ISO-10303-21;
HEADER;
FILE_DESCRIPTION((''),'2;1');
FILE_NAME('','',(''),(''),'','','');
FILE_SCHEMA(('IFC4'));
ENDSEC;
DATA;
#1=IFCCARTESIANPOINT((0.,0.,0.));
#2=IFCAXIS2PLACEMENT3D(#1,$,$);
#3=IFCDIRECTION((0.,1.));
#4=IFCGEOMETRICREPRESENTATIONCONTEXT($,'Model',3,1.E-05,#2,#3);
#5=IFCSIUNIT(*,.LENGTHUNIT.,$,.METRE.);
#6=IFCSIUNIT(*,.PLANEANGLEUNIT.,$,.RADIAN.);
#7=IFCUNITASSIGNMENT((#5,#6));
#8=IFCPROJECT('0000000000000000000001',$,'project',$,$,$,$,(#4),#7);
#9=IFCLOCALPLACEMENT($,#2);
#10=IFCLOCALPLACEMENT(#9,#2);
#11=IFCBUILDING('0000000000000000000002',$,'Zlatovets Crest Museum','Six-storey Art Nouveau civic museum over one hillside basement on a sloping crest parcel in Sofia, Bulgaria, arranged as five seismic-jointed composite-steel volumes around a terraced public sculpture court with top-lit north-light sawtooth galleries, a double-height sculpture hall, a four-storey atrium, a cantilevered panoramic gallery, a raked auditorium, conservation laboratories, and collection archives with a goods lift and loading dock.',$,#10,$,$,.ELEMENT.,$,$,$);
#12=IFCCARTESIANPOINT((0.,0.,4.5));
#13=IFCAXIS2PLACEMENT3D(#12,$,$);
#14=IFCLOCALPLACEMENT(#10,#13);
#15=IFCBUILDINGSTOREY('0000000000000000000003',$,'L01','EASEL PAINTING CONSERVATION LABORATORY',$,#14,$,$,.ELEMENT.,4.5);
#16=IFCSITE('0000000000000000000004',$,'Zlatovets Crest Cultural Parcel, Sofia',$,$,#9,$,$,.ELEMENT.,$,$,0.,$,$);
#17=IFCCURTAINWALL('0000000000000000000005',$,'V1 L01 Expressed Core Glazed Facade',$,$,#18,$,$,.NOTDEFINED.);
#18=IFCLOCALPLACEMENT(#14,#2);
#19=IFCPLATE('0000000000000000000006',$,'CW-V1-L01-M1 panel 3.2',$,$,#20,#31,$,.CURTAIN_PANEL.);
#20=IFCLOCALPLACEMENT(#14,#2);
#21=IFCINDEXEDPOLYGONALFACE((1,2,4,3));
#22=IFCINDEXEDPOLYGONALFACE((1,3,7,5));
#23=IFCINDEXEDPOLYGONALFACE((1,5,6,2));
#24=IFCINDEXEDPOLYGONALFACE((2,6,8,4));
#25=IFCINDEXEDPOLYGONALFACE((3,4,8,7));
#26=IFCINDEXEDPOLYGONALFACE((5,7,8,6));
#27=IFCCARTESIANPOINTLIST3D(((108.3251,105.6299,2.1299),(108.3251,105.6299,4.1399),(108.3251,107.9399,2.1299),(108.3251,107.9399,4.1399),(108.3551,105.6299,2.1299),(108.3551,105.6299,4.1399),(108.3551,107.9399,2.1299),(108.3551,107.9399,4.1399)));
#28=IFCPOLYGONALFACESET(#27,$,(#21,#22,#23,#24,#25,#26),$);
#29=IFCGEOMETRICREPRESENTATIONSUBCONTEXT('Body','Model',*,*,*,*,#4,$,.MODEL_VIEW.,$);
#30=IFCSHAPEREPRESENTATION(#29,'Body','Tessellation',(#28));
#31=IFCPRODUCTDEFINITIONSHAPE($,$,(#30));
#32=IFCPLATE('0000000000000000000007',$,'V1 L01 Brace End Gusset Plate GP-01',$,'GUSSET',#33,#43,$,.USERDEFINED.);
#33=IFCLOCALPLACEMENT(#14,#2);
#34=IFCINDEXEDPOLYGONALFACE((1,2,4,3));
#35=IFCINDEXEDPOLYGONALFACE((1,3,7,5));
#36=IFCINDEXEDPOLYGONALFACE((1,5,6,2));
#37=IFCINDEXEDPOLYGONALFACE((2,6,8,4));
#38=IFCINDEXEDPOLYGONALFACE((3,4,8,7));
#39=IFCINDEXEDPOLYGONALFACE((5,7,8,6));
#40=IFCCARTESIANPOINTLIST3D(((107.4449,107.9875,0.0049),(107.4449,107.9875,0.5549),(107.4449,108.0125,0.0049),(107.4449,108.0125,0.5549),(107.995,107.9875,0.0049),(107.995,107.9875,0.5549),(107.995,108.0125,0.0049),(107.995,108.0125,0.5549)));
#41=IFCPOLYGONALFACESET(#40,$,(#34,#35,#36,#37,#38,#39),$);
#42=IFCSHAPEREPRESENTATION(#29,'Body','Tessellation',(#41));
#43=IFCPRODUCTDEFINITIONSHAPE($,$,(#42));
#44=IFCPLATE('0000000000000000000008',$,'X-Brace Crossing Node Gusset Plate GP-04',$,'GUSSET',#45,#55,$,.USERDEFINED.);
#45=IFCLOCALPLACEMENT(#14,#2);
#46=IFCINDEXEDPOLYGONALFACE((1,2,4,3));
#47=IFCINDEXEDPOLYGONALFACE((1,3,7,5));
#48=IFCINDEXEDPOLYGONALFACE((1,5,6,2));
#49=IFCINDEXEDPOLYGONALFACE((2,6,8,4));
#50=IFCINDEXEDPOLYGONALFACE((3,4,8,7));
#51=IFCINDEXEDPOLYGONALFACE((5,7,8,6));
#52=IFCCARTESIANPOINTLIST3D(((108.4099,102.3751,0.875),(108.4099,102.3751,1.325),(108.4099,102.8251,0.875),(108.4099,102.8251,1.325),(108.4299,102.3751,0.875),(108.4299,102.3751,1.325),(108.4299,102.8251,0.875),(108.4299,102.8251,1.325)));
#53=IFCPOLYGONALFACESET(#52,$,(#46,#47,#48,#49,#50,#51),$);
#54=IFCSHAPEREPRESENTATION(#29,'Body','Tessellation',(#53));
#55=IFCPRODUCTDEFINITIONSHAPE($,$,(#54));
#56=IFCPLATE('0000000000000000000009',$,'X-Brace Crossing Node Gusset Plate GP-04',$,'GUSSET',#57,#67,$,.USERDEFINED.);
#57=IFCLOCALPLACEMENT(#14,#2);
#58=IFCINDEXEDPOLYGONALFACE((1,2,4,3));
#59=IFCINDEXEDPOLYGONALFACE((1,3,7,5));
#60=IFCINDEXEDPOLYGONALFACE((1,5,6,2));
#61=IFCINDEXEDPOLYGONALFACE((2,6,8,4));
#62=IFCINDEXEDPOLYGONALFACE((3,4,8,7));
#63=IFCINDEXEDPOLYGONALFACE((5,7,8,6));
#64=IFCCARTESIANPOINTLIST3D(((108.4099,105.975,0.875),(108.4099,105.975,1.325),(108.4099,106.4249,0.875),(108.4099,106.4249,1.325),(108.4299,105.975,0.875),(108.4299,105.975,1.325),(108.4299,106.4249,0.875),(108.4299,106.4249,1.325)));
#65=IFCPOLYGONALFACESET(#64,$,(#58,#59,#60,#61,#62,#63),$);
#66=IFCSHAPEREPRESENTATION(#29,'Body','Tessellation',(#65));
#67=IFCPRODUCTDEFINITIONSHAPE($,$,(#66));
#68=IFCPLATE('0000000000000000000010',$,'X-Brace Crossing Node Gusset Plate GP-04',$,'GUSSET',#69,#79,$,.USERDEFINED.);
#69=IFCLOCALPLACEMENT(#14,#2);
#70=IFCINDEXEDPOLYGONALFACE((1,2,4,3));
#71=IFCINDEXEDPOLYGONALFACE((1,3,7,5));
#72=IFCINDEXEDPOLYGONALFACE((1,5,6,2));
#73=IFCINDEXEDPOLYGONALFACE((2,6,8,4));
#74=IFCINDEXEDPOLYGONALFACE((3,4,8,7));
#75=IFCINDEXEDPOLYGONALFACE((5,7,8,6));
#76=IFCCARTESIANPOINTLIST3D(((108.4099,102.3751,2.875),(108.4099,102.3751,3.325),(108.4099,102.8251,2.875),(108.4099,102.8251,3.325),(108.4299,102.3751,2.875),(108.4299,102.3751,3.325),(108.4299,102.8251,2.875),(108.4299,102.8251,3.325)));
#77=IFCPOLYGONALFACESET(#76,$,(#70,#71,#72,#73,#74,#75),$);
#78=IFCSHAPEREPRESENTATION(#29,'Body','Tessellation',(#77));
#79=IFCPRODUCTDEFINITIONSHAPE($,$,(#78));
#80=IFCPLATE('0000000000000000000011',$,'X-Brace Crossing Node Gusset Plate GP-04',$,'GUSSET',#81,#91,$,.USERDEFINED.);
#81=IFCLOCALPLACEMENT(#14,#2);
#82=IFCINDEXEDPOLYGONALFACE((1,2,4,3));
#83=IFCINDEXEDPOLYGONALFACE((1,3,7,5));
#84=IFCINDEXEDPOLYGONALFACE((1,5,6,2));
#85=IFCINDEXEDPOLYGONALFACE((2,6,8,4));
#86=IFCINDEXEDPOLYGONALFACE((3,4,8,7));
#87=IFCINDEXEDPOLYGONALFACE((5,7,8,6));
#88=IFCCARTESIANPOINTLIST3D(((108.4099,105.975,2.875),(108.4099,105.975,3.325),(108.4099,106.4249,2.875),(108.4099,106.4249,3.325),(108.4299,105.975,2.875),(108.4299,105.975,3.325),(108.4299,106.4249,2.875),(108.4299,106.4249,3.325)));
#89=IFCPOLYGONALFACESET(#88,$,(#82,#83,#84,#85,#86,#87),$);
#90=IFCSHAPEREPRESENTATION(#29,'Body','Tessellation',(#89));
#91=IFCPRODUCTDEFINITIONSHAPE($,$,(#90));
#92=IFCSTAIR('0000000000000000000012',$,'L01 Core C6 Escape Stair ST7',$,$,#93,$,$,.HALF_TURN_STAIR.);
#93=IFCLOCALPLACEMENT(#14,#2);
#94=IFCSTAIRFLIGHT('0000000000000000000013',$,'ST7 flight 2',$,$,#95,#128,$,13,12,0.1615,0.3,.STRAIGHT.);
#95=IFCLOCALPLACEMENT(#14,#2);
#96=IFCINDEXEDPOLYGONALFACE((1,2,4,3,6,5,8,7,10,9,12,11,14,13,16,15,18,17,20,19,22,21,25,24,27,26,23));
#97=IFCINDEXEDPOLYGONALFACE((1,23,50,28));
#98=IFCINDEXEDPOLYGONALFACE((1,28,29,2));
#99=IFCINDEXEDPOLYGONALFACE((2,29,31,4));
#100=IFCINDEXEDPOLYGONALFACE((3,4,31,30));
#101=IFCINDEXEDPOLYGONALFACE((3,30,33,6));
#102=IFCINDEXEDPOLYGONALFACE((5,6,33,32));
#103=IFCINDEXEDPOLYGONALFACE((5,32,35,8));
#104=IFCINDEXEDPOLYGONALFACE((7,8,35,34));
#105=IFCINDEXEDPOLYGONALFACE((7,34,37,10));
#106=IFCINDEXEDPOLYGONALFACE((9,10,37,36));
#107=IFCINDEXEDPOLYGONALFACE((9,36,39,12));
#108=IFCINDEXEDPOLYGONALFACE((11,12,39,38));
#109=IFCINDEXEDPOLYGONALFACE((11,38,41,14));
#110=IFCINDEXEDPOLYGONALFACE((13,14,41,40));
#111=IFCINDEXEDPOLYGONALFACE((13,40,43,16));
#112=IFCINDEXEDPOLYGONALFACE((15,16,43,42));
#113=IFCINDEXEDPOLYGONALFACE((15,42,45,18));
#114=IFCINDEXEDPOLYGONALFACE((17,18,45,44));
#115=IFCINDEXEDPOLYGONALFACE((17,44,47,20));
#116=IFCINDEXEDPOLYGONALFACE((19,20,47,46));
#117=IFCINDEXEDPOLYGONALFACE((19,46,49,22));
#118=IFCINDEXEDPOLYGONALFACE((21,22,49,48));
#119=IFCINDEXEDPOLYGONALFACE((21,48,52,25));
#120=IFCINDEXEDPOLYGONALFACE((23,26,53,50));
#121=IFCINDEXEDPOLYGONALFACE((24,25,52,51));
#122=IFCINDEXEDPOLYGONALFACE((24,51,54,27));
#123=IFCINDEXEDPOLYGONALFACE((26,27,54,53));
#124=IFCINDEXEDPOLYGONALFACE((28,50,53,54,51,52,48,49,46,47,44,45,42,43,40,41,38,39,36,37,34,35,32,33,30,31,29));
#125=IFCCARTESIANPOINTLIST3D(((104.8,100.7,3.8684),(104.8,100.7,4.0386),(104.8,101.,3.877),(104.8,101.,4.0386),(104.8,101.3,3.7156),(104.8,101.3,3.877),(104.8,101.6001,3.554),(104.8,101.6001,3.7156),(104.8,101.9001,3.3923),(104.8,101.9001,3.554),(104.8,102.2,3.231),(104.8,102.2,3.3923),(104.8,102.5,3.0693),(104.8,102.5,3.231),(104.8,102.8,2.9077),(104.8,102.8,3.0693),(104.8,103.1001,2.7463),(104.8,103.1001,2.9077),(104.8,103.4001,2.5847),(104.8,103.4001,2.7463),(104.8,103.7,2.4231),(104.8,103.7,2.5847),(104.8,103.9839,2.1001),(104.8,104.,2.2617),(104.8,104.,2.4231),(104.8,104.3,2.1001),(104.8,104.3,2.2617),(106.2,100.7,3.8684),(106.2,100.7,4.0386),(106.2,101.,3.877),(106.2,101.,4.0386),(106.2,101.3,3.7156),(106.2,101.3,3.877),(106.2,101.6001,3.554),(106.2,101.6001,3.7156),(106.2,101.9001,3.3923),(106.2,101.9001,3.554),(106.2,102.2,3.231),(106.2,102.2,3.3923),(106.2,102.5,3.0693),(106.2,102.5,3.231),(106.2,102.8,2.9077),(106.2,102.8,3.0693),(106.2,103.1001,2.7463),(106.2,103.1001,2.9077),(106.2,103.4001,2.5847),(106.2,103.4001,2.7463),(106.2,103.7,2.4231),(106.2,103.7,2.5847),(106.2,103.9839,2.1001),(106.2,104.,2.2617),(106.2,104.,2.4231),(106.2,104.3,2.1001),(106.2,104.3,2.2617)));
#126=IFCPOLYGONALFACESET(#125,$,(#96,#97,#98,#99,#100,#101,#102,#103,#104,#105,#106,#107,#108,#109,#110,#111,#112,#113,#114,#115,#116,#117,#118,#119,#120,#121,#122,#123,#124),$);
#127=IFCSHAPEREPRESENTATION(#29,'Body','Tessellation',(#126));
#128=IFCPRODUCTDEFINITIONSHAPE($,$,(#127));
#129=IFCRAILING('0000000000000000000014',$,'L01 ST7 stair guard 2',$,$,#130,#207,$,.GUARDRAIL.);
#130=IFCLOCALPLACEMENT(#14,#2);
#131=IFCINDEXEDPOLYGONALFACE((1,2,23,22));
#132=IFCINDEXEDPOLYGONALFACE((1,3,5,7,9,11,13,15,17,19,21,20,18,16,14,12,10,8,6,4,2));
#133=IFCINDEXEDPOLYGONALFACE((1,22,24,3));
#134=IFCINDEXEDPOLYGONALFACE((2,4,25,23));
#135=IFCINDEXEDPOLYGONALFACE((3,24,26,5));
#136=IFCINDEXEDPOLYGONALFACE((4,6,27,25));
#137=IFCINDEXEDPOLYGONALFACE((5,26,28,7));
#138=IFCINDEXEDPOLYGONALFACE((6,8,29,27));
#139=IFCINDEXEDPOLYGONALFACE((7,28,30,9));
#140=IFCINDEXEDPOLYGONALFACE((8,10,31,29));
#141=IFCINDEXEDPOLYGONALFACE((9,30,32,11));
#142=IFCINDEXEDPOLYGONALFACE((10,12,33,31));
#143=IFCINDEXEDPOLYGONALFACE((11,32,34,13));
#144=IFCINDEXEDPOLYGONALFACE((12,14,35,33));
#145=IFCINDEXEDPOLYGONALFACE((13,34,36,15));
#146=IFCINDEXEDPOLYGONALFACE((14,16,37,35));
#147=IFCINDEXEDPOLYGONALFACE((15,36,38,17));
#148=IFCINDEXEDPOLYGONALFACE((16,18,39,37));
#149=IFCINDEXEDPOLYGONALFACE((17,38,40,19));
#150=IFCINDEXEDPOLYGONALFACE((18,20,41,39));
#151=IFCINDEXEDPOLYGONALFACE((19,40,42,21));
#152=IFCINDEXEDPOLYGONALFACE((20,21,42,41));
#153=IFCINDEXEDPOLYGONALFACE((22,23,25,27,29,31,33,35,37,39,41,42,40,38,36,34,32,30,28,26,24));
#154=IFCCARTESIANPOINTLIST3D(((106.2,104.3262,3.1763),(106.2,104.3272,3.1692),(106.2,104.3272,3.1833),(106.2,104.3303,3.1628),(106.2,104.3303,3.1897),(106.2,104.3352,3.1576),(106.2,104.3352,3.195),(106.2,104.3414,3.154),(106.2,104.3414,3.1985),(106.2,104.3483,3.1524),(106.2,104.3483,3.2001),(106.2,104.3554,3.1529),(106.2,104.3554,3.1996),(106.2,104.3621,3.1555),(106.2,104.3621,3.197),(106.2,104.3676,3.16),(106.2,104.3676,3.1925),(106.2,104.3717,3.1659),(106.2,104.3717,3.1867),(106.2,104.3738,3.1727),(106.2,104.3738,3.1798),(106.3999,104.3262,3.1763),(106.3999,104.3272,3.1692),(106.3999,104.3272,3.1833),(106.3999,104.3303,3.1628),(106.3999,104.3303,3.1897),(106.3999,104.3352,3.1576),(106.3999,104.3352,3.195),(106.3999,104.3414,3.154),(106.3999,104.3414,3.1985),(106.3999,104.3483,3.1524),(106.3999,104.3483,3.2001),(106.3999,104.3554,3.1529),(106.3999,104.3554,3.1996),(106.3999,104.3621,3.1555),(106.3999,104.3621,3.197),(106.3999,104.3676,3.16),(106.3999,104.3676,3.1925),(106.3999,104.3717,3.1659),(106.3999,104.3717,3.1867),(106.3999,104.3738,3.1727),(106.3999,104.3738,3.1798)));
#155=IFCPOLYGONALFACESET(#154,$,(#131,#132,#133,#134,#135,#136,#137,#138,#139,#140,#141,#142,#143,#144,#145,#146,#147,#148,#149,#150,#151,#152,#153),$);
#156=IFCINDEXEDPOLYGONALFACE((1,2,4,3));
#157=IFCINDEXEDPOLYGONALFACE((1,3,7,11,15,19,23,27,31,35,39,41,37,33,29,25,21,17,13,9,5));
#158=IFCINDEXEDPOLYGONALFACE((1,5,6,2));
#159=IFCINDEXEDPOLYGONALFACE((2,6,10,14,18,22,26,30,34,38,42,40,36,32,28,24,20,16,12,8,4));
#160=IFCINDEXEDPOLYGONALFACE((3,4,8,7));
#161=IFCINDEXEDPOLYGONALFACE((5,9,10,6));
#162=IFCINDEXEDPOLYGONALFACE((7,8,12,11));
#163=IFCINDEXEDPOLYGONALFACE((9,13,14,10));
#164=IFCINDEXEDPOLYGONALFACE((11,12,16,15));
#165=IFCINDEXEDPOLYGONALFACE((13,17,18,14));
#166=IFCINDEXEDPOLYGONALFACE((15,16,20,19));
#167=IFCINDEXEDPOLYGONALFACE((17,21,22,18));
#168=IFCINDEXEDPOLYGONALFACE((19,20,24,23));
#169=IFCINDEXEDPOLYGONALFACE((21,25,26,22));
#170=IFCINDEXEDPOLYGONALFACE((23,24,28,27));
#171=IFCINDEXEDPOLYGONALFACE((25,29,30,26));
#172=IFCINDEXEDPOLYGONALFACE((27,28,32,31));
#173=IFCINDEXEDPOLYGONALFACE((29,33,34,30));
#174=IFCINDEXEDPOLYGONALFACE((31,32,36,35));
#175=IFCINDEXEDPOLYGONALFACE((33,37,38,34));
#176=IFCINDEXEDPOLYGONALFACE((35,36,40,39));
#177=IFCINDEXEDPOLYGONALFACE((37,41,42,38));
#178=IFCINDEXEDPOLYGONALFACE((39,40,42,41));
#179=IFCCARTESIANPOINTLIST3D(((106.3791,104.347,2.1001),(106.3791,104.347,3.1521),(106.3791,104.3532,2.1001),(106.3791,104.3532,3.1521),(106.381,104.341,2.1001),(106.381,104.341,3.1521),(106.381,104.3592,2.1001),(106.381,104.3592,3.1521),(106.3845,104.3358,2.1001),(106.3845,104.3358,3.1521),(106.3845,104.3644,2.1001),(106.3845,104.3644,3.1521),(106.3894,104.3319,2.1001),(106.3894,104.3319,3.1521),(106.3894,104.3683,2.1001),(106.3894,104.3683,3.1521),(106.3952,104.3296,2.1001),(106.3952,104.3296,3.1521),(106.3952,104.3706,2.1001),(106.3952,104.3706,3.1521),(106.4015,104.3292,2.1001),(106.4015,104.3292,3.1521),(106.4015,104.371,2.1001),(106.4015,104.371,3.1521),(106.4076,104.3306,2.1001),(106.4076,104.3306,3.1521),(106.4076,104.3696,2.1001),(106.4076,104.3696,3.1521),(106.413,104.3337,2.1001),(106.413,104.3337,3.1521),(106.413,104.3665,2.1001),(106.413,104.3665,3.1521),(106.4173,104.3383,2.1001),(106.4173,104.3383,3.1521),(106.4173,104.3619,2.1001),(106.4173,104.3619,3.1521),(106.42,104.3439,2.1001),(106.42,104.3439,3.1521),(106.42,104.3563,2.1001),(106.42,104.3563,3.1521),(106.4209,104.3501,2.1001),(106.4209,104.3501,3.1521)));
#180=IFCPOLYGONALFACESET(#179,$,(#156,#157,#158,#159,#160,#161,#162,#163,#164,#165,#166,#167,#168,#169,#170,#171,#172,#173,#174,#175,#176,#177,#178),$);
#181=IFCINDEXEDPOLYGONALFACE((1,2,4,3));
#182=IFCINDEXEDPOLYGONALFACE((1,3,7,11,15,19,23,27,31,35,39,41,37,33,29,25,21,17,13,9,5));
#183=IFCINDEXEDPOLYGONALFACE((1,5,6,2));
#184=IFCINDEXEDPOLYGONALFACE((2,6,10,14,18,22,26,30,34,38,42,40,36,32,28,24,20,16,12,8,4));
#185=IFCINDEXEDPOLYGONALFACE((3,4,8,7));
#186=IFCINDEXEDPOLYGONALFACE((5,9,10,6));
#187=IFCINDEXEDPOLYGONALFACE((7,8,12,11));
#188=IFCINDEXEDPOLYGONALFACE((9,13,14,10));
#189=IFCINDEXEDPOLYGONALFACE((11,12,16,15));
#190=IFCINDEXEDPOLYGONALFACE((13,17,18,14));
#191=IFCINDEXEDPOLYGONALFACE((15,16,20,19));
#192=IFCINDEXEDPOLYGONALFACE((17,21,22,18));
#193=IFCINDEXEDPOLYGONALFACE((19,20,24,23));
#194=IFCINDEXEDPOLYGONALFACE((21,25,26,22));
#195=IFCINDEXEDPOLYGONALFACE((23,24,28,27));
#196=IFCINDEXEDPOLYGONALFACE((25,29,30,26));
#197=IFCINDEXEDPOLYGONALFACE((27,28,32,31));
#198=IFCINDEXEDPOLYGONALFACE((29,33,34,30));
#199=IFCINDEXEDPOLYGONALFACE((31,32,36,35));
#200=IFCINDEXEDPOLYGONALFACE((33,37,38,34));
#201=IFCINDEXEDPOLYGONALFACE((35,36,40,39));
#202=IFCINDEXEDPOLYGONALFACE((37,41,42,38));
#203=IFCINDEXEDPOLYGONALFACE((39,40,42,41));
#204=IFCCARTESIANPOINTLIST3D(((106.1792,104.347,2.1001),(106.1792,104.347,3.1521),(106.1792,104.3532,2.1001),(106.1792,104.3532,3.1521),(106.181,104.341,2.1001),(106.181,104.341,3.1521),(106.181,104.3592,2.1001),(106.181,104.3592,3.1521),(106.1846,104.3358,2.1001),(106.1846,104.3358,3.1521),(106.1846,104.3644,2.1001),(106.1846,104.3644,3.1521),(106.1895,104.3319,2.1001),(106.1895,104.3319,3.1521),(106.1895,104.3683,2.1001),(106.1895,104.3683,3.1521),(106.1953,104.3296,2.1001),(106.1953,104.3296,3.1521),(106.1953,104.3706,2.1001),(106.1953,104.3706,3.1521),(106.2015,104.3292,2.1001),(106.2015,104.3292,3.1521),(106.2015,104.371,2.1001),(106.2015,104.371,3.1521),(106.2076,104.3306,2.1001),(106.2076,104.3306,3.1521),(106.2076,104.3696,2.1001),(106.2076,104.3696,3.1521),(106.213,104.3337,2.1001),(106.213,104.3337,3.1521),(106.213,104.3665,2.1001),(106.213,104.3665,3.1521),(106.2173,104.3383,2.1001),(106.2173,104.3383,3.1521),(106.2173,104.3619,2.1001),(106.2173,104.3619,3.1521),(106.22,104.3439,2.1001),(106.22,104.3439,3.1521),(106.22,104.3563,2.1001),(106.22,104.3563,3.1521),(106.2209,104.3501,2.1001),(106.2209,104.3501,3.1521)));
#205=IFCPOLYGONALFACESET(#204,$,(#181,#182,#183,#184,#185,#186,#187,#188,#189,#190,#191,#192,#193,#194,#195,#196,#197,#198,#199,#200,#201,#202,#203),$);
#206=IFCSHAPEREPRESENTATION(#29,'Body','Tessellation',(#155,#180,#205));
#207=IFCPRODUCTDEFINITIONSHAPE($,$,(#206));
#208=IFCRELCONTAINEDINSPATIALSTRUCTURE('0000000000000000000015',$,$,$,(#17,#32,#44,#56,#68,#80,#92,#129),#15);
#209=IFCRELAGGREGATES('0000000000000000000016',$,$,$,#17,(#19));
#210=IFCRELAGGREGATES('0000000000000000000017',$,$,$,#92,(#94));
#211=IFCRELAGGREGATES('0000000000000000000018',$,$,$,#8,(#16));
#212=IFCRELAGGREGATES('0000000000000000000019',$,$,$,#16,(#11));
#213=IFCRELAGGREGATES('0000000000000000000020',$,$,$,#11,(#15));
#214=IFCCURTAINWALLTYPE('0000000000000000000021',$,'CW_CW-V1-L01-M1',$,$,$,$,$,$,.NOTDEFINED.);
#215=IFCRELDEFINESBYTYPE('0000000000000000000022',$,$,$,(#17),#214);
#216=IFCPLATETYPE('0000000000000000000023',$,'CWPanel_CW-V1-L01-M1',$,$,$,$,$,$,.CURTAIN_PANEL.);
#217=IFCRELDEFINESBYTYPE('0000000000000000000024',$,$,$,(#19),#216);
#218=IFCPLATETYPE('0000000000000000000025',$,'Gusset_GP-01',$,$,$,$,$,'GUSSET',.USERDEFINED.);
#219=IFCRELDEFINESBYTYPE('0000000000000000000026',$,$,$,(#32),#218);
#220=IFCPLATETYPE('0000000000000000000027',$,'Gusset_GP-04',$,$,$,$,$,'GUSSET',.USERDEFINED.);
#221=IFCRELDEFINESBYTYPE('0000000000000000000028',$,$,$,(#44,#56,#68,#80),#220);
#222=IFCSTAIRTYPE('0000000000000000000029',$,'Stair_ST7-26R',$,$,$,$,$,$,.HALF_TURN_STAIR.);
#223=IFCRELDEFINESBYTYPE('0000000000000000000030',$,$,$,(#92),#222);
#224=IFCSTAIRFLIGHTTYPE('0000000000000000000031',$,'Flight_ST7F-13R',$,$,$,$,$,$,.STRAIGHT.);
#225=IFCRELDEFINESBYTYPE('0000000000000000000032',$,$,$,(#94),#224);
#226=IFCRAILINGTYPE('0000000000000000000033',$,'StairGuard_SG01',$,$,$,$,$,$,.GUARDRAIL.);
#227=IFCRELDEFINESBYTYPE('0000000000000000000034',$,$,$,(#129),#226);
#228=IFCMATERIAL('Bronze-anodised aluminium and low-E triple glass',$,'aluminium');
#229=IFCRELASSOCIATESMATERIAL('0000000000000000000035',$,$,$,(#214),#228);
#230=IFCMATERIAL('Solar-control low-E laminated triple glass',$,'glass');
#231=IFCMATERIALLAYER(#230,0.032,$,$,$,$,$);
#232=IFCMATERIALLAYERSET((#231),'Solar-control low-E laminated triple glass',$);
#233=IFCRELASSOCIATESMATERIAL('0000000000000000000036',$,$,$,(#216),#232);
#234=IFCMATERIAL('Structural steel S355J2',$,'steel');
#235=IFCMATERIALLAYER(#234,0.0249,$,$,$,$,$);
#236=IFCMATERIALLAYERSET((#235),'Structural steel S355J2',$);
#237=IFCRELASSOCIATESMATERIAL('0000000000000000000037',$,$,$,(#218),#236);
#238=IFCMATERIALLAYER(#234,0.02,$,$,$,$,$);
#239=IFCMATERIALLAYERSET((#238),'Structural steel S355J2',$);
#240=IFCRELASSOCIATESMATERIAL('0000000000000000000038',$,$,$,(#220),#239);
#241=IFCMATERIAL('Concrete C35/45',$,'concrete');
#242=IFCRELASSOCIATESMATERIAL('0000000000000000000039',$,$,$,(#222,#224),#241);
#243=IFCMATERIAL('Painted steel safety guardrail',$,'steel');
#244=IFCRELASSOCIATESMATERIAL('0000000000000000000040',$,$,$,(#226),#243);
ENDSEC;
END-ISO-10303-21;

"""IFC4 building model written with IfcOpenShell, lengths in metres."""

from ifc_helpers import new_model, si_unit, direction, frame, origin, origin_2d, place, context, subcontext, project, spatial, polyline, rectangle, circle, outline, extrude, material, layer, layer_set, type_object, element, aggregate, save


model = new_model("IFC4")

# Units and contexts
model_context = context("Model", 3, precision=1e-05, world=origin(), true_north=direction((0.0, 1.0)))
body_context = subcontext(model_context, "Body", "Model", "MODEL_VIEW")
ifc_project = project(units=[si_unit("LENGTHUNIT", "METRE"), si_unit("PLANEANGLEUNIT", "RADIAN")], contexts=[model_context])

# Site, building, storey
site_placement = place(None, origin())
site = spatial("IfcSite", under=ifc_project, at=site_placement, Name="Zlatovets Crest Cultural Parcel, Sofia", CompositionType="ELEMENT", RefElevation=0.0)
building_placement = place(site_placement, origin())
building = spatial("IfcBuilding", under=site, at=building_placement, Name="Zlatovets Crest Museum", Description="Six-storey Art Nouveau civic museum over one hillside basement on a sloping crest parcel in Sofia, Bulgaria, arranged as five seismic-jointed composite-steel volumes around a terraced public sculpture court with top-lit north-light sawtooth galleries, a double-height sculpture hall, a four-storey atrium, a cantilevered panoramic gallery, a raked auditorium, conservation laboratories, and collection archives with a goods lift and loading dock.", CompositionType="ELEMENT")
storey_placement = place(building_placement, frame((0.0, 0.0, 4.5)))
storey = spatial("IfcBuildingStorey", under=building, at=storey_placement, Name="L01", Description="EASEL PAINTING CONSERVATION LABORATORY", CompositionType="ELEMENT", Elevation=4.5)

# Shared definitions
ifc_material_1 = material(Name="Structural steel S355J2", Category="steel")

# Curtain wall
ifc_material_2 = material(Name="Bronze-anodised aluminium and low-E triple glass", Category="aluminium")
curtain_wall_type = type_object("IfcCurtainWallType", Name="CW_CW-V1-L01-M1", PredefinedType="NOTDEFINED", material=ifc_material_2)
curtain_wall_placement = place(storey_placement, origin())
curtain_wall = element("IfcCurtainWall", 1, at=curtain_wall_placement, inside=storey, type_object=curtain_wall_type, Name="V1 L01 Expressed Core Glazed Facade", PredefinedType="NOTDEFINED")

# Plate
ifc_material_3 = material(Name="Solar-control low-E laminated triple glass", Category="glass")
ifc_layer_1 = layer(ifc_material_3, 0.032)
ifc_layer_set_1 = layer_set([ifc_layer_1], Name="Solar-control low-E laminated triple glass")
plate_type_1 = type_object("IfcPlateType", Name="CWPanel_CW-V1-L01-M1", PredefinedType="CURTAIN_PANEL", material=ifc_layer_set_1)
plate_1_placement = place(storey_placement, frame((108.3401, 106.7849, 2.1299), z_axis=(0.0, 0.0, 1.0), x_axis=(0.0, 1.0, 0.0)))
plate_1 = element("IfcPlate", 2, at=plate_1_placement, type_object=plate_type_1, Name="CW-V1-L01-M1 panel 3.2", PredefinedType="CURTAIN_PANEL", context=body_context, shape_type="SweptSolid", body=[
    extrude(rectangle(XDim=2.3101, YDim=0.03, at=origin_2d()), origin(), (0.0, 0.0, 1.0), 2.01),
])
aggregate(curtain_wall, [plate_1])

# Plates
ifc_layer_2 = layer(ifc_material_1, 0.0249)
ifc_layer_set_2 = layer_set([ifc_layer_2], Name="Structural steel S355J2")
plate_type_2 = type_object("IfcPlateType", Name="Gusset_GP-01", ElementType="GUSSET", PredefinedType="USERDEFINED", material=ifc_layer_set_2)
plate_2_placement = place(storey_placement, frame((107.72, 108.0, 0.0049), z_axis=(0.0, 0.0, 1.0), x_axis=(1.0, 0.0, 0.0)))
element("IfcPlate", 3, at=plate_2_placement, inside=storey, type_object=plate_type_2, Name="V1 L01 Brace End Gusset Plate GP-01", ObjectType="GUSSET", PredefinedType="USERDEFINED", context=body_context, shape_type="SweptSolid", body=[
    extrude(rectangle(XDim=0.55, YDim=0.0249, at=origin_2d()), origin(), (0.0, 0.0, 1.0), 0.55),
])
ifc_layer_3 = layer(ifc_material_1, 0.02)
ifc_layer_set_3 = layer_set([ifc_layer_3], Name="Structural steel S355J2")
plate_type_3 = type_object("IfcPlateType", Name="Gusset_GP-04", ElementType="GUSSET", PredefinedType="USERDEFINED", material=ifc_layer_set_3)
for number, where, z_axis, x_axis, name in (
    (4, (108.4199, 102.6001, 0.875), (0.0, 0.0, 1.0), (1.0, 0.0, 0.0), "X-Brace Crossing Node Gusset Plate GP-04"),
    (5, (108.4199, 106.2, 0.875), (0.0, 0.0, 1.0), (1.0, 0.0, 0.0), "X-Brace Crossing Node Gusset Plate GP-04"),
    (6, (108.4199, 102.6001, 2.875), (0.0, 0.0, 1.0), (1.0, 0.0, 0.0), "X-Brace Crossing Node Gusset Plate GP-04"),
    (7, (108.4199, 106.2, 2.875), (0.0, 0.0, 1.0), (1.0, 0.0, 0.0), "X-Brace Crossing Node Gusset Plate GP-04"),
):
    element("IfcPlate", number, at=place(storey_placement, frame(where, z_axis=z_axis, x_axis=x_axis)), inside=storey, type_object=plate_type_3, Name=name, ObjectType="GUSSET", PredefinedType="USERDEFINED", context=body_context, shape_type="SweptSolid", body=[
        extrude(rectangle(XDim=0.02, YDim=0.45, at=origin_2d()), origin(), (0.0, 0.0, 1.0), 0.45),
    ])

# Stair, stair flight
ifc_material_4 = material(Name="Concrete C35/45", Category="concrete")
stair_type = type_object("IfcStairType", Name="Stair_ST7-26R", PredefinedType="HALF_TURN_STAIR", material=ifc_material_4)
stair_placement = place(storey_placement, origin())
stair = element("IfcStair", 8, at=stair_placement, inside=storey, type_object=stair_type, Name="L01 Core C6 Escape Stair ST7", PredefinedType="HALF_TURN_STAIR")
stair_flight_type = type_object("IfcStairFlightType", Name="Flight_ST7F-13R", PredefinedType="STRAIGHT", material=ifc_material_4)
stair_flight_placement = place(storey_placement, frame((105.5, 104.3, 2.1001), z_axis=(0.0, 0.0, 1.0), x_axis=(0.0, -1.0, 0.0)))
stair_flight = element("IfcStairFlight", 9, at=stair_flight_placement, type_object=stair_flight_type, Name="ST7 flight 2", NumberOfRisers=13, NumberOfTreads=12, PredefinedType="STRAIGHT", RiserHeight=0.1615, TreadLength=0.3, context=body_context, shape_type="SweptSolid", body=[
    extrude(outline(polyline([(0.0, 0.0), (0.0, 0.1616), (0.3, 0.1616), (0.3, 0.323), (0.6001, 0.323), (0.6001, 0.4846), (0.8999, 0.4846), (0.8999, 0.6462), (1.2, 0.6462), (1.2, 0.8076), (1.5, 0.8076), (1.5, 0.9692), (1.8, 0.9692), (1.8, 1.1309), (2.1001, 1.1309), (2.1001, 1.2922), (2.3999, 1.2922), (2.3999, 1.4539), (2.7, 1.4539), (2.7, 1.6155), (3.0, 1.6155), (3.0, 1.7769), (3.3, 1.7769), (3.3, 1.9385), (3.6001, 1.9385), (3.6001, 2.1001), (3.6001, 1.7683), (0.3162, 0.0), (0.0, 0.0)])), frame((0.0, 0.7, 0.0), z_axis=(0.0, -1.0, 0.0), x_axis=(1.0, 0.0, 0.0)), (0.0, 0.0, 1.0), 1.3999),
])
aggregate(stair, [stair_flight])

# Railing
ifc_material_5 = material(Name="Painted steel safety guardrail", Category="steel")
railing_type_1 = type_object("IfcRailingType", Name="StairGuard_SG01", PredefinedType="GUARDRAIL", material=ifc_material_5)
railing_1_placement = place(storey_placement, frame((106.3999, 104.3501, 2.1001)))
element("IfcRailing", 10, at=railing_1_placement, inside=storey, type_object=railing_type_1, Name="L01 ST7 stair guard 2", PredefinedType="GUARDRAIL", context=body_context, shape_type="SweptSolid", body=[
    extrude(circle(Radius=0.0239, at=origin_2d()), frame((0.0, 0.0, 1.0762), z_axis=(-1.0, 0.0, 0.0), x_axis=(0.0, -1.0, 0.0)), (0.0, 0.0, 1.0), 0.2),
    extrude(circle(Radius=0.021, at=origin_2d()), origin(), (0.0, 0.0, 1.0), 1.052),
    extrude(circle(Radius=0.021, at=origin_2d()), frame((-0.2, 0.0, 0.0)), (0.0, 0.0, 1.0), 1.052),
])

save(model, "model.ifc")
